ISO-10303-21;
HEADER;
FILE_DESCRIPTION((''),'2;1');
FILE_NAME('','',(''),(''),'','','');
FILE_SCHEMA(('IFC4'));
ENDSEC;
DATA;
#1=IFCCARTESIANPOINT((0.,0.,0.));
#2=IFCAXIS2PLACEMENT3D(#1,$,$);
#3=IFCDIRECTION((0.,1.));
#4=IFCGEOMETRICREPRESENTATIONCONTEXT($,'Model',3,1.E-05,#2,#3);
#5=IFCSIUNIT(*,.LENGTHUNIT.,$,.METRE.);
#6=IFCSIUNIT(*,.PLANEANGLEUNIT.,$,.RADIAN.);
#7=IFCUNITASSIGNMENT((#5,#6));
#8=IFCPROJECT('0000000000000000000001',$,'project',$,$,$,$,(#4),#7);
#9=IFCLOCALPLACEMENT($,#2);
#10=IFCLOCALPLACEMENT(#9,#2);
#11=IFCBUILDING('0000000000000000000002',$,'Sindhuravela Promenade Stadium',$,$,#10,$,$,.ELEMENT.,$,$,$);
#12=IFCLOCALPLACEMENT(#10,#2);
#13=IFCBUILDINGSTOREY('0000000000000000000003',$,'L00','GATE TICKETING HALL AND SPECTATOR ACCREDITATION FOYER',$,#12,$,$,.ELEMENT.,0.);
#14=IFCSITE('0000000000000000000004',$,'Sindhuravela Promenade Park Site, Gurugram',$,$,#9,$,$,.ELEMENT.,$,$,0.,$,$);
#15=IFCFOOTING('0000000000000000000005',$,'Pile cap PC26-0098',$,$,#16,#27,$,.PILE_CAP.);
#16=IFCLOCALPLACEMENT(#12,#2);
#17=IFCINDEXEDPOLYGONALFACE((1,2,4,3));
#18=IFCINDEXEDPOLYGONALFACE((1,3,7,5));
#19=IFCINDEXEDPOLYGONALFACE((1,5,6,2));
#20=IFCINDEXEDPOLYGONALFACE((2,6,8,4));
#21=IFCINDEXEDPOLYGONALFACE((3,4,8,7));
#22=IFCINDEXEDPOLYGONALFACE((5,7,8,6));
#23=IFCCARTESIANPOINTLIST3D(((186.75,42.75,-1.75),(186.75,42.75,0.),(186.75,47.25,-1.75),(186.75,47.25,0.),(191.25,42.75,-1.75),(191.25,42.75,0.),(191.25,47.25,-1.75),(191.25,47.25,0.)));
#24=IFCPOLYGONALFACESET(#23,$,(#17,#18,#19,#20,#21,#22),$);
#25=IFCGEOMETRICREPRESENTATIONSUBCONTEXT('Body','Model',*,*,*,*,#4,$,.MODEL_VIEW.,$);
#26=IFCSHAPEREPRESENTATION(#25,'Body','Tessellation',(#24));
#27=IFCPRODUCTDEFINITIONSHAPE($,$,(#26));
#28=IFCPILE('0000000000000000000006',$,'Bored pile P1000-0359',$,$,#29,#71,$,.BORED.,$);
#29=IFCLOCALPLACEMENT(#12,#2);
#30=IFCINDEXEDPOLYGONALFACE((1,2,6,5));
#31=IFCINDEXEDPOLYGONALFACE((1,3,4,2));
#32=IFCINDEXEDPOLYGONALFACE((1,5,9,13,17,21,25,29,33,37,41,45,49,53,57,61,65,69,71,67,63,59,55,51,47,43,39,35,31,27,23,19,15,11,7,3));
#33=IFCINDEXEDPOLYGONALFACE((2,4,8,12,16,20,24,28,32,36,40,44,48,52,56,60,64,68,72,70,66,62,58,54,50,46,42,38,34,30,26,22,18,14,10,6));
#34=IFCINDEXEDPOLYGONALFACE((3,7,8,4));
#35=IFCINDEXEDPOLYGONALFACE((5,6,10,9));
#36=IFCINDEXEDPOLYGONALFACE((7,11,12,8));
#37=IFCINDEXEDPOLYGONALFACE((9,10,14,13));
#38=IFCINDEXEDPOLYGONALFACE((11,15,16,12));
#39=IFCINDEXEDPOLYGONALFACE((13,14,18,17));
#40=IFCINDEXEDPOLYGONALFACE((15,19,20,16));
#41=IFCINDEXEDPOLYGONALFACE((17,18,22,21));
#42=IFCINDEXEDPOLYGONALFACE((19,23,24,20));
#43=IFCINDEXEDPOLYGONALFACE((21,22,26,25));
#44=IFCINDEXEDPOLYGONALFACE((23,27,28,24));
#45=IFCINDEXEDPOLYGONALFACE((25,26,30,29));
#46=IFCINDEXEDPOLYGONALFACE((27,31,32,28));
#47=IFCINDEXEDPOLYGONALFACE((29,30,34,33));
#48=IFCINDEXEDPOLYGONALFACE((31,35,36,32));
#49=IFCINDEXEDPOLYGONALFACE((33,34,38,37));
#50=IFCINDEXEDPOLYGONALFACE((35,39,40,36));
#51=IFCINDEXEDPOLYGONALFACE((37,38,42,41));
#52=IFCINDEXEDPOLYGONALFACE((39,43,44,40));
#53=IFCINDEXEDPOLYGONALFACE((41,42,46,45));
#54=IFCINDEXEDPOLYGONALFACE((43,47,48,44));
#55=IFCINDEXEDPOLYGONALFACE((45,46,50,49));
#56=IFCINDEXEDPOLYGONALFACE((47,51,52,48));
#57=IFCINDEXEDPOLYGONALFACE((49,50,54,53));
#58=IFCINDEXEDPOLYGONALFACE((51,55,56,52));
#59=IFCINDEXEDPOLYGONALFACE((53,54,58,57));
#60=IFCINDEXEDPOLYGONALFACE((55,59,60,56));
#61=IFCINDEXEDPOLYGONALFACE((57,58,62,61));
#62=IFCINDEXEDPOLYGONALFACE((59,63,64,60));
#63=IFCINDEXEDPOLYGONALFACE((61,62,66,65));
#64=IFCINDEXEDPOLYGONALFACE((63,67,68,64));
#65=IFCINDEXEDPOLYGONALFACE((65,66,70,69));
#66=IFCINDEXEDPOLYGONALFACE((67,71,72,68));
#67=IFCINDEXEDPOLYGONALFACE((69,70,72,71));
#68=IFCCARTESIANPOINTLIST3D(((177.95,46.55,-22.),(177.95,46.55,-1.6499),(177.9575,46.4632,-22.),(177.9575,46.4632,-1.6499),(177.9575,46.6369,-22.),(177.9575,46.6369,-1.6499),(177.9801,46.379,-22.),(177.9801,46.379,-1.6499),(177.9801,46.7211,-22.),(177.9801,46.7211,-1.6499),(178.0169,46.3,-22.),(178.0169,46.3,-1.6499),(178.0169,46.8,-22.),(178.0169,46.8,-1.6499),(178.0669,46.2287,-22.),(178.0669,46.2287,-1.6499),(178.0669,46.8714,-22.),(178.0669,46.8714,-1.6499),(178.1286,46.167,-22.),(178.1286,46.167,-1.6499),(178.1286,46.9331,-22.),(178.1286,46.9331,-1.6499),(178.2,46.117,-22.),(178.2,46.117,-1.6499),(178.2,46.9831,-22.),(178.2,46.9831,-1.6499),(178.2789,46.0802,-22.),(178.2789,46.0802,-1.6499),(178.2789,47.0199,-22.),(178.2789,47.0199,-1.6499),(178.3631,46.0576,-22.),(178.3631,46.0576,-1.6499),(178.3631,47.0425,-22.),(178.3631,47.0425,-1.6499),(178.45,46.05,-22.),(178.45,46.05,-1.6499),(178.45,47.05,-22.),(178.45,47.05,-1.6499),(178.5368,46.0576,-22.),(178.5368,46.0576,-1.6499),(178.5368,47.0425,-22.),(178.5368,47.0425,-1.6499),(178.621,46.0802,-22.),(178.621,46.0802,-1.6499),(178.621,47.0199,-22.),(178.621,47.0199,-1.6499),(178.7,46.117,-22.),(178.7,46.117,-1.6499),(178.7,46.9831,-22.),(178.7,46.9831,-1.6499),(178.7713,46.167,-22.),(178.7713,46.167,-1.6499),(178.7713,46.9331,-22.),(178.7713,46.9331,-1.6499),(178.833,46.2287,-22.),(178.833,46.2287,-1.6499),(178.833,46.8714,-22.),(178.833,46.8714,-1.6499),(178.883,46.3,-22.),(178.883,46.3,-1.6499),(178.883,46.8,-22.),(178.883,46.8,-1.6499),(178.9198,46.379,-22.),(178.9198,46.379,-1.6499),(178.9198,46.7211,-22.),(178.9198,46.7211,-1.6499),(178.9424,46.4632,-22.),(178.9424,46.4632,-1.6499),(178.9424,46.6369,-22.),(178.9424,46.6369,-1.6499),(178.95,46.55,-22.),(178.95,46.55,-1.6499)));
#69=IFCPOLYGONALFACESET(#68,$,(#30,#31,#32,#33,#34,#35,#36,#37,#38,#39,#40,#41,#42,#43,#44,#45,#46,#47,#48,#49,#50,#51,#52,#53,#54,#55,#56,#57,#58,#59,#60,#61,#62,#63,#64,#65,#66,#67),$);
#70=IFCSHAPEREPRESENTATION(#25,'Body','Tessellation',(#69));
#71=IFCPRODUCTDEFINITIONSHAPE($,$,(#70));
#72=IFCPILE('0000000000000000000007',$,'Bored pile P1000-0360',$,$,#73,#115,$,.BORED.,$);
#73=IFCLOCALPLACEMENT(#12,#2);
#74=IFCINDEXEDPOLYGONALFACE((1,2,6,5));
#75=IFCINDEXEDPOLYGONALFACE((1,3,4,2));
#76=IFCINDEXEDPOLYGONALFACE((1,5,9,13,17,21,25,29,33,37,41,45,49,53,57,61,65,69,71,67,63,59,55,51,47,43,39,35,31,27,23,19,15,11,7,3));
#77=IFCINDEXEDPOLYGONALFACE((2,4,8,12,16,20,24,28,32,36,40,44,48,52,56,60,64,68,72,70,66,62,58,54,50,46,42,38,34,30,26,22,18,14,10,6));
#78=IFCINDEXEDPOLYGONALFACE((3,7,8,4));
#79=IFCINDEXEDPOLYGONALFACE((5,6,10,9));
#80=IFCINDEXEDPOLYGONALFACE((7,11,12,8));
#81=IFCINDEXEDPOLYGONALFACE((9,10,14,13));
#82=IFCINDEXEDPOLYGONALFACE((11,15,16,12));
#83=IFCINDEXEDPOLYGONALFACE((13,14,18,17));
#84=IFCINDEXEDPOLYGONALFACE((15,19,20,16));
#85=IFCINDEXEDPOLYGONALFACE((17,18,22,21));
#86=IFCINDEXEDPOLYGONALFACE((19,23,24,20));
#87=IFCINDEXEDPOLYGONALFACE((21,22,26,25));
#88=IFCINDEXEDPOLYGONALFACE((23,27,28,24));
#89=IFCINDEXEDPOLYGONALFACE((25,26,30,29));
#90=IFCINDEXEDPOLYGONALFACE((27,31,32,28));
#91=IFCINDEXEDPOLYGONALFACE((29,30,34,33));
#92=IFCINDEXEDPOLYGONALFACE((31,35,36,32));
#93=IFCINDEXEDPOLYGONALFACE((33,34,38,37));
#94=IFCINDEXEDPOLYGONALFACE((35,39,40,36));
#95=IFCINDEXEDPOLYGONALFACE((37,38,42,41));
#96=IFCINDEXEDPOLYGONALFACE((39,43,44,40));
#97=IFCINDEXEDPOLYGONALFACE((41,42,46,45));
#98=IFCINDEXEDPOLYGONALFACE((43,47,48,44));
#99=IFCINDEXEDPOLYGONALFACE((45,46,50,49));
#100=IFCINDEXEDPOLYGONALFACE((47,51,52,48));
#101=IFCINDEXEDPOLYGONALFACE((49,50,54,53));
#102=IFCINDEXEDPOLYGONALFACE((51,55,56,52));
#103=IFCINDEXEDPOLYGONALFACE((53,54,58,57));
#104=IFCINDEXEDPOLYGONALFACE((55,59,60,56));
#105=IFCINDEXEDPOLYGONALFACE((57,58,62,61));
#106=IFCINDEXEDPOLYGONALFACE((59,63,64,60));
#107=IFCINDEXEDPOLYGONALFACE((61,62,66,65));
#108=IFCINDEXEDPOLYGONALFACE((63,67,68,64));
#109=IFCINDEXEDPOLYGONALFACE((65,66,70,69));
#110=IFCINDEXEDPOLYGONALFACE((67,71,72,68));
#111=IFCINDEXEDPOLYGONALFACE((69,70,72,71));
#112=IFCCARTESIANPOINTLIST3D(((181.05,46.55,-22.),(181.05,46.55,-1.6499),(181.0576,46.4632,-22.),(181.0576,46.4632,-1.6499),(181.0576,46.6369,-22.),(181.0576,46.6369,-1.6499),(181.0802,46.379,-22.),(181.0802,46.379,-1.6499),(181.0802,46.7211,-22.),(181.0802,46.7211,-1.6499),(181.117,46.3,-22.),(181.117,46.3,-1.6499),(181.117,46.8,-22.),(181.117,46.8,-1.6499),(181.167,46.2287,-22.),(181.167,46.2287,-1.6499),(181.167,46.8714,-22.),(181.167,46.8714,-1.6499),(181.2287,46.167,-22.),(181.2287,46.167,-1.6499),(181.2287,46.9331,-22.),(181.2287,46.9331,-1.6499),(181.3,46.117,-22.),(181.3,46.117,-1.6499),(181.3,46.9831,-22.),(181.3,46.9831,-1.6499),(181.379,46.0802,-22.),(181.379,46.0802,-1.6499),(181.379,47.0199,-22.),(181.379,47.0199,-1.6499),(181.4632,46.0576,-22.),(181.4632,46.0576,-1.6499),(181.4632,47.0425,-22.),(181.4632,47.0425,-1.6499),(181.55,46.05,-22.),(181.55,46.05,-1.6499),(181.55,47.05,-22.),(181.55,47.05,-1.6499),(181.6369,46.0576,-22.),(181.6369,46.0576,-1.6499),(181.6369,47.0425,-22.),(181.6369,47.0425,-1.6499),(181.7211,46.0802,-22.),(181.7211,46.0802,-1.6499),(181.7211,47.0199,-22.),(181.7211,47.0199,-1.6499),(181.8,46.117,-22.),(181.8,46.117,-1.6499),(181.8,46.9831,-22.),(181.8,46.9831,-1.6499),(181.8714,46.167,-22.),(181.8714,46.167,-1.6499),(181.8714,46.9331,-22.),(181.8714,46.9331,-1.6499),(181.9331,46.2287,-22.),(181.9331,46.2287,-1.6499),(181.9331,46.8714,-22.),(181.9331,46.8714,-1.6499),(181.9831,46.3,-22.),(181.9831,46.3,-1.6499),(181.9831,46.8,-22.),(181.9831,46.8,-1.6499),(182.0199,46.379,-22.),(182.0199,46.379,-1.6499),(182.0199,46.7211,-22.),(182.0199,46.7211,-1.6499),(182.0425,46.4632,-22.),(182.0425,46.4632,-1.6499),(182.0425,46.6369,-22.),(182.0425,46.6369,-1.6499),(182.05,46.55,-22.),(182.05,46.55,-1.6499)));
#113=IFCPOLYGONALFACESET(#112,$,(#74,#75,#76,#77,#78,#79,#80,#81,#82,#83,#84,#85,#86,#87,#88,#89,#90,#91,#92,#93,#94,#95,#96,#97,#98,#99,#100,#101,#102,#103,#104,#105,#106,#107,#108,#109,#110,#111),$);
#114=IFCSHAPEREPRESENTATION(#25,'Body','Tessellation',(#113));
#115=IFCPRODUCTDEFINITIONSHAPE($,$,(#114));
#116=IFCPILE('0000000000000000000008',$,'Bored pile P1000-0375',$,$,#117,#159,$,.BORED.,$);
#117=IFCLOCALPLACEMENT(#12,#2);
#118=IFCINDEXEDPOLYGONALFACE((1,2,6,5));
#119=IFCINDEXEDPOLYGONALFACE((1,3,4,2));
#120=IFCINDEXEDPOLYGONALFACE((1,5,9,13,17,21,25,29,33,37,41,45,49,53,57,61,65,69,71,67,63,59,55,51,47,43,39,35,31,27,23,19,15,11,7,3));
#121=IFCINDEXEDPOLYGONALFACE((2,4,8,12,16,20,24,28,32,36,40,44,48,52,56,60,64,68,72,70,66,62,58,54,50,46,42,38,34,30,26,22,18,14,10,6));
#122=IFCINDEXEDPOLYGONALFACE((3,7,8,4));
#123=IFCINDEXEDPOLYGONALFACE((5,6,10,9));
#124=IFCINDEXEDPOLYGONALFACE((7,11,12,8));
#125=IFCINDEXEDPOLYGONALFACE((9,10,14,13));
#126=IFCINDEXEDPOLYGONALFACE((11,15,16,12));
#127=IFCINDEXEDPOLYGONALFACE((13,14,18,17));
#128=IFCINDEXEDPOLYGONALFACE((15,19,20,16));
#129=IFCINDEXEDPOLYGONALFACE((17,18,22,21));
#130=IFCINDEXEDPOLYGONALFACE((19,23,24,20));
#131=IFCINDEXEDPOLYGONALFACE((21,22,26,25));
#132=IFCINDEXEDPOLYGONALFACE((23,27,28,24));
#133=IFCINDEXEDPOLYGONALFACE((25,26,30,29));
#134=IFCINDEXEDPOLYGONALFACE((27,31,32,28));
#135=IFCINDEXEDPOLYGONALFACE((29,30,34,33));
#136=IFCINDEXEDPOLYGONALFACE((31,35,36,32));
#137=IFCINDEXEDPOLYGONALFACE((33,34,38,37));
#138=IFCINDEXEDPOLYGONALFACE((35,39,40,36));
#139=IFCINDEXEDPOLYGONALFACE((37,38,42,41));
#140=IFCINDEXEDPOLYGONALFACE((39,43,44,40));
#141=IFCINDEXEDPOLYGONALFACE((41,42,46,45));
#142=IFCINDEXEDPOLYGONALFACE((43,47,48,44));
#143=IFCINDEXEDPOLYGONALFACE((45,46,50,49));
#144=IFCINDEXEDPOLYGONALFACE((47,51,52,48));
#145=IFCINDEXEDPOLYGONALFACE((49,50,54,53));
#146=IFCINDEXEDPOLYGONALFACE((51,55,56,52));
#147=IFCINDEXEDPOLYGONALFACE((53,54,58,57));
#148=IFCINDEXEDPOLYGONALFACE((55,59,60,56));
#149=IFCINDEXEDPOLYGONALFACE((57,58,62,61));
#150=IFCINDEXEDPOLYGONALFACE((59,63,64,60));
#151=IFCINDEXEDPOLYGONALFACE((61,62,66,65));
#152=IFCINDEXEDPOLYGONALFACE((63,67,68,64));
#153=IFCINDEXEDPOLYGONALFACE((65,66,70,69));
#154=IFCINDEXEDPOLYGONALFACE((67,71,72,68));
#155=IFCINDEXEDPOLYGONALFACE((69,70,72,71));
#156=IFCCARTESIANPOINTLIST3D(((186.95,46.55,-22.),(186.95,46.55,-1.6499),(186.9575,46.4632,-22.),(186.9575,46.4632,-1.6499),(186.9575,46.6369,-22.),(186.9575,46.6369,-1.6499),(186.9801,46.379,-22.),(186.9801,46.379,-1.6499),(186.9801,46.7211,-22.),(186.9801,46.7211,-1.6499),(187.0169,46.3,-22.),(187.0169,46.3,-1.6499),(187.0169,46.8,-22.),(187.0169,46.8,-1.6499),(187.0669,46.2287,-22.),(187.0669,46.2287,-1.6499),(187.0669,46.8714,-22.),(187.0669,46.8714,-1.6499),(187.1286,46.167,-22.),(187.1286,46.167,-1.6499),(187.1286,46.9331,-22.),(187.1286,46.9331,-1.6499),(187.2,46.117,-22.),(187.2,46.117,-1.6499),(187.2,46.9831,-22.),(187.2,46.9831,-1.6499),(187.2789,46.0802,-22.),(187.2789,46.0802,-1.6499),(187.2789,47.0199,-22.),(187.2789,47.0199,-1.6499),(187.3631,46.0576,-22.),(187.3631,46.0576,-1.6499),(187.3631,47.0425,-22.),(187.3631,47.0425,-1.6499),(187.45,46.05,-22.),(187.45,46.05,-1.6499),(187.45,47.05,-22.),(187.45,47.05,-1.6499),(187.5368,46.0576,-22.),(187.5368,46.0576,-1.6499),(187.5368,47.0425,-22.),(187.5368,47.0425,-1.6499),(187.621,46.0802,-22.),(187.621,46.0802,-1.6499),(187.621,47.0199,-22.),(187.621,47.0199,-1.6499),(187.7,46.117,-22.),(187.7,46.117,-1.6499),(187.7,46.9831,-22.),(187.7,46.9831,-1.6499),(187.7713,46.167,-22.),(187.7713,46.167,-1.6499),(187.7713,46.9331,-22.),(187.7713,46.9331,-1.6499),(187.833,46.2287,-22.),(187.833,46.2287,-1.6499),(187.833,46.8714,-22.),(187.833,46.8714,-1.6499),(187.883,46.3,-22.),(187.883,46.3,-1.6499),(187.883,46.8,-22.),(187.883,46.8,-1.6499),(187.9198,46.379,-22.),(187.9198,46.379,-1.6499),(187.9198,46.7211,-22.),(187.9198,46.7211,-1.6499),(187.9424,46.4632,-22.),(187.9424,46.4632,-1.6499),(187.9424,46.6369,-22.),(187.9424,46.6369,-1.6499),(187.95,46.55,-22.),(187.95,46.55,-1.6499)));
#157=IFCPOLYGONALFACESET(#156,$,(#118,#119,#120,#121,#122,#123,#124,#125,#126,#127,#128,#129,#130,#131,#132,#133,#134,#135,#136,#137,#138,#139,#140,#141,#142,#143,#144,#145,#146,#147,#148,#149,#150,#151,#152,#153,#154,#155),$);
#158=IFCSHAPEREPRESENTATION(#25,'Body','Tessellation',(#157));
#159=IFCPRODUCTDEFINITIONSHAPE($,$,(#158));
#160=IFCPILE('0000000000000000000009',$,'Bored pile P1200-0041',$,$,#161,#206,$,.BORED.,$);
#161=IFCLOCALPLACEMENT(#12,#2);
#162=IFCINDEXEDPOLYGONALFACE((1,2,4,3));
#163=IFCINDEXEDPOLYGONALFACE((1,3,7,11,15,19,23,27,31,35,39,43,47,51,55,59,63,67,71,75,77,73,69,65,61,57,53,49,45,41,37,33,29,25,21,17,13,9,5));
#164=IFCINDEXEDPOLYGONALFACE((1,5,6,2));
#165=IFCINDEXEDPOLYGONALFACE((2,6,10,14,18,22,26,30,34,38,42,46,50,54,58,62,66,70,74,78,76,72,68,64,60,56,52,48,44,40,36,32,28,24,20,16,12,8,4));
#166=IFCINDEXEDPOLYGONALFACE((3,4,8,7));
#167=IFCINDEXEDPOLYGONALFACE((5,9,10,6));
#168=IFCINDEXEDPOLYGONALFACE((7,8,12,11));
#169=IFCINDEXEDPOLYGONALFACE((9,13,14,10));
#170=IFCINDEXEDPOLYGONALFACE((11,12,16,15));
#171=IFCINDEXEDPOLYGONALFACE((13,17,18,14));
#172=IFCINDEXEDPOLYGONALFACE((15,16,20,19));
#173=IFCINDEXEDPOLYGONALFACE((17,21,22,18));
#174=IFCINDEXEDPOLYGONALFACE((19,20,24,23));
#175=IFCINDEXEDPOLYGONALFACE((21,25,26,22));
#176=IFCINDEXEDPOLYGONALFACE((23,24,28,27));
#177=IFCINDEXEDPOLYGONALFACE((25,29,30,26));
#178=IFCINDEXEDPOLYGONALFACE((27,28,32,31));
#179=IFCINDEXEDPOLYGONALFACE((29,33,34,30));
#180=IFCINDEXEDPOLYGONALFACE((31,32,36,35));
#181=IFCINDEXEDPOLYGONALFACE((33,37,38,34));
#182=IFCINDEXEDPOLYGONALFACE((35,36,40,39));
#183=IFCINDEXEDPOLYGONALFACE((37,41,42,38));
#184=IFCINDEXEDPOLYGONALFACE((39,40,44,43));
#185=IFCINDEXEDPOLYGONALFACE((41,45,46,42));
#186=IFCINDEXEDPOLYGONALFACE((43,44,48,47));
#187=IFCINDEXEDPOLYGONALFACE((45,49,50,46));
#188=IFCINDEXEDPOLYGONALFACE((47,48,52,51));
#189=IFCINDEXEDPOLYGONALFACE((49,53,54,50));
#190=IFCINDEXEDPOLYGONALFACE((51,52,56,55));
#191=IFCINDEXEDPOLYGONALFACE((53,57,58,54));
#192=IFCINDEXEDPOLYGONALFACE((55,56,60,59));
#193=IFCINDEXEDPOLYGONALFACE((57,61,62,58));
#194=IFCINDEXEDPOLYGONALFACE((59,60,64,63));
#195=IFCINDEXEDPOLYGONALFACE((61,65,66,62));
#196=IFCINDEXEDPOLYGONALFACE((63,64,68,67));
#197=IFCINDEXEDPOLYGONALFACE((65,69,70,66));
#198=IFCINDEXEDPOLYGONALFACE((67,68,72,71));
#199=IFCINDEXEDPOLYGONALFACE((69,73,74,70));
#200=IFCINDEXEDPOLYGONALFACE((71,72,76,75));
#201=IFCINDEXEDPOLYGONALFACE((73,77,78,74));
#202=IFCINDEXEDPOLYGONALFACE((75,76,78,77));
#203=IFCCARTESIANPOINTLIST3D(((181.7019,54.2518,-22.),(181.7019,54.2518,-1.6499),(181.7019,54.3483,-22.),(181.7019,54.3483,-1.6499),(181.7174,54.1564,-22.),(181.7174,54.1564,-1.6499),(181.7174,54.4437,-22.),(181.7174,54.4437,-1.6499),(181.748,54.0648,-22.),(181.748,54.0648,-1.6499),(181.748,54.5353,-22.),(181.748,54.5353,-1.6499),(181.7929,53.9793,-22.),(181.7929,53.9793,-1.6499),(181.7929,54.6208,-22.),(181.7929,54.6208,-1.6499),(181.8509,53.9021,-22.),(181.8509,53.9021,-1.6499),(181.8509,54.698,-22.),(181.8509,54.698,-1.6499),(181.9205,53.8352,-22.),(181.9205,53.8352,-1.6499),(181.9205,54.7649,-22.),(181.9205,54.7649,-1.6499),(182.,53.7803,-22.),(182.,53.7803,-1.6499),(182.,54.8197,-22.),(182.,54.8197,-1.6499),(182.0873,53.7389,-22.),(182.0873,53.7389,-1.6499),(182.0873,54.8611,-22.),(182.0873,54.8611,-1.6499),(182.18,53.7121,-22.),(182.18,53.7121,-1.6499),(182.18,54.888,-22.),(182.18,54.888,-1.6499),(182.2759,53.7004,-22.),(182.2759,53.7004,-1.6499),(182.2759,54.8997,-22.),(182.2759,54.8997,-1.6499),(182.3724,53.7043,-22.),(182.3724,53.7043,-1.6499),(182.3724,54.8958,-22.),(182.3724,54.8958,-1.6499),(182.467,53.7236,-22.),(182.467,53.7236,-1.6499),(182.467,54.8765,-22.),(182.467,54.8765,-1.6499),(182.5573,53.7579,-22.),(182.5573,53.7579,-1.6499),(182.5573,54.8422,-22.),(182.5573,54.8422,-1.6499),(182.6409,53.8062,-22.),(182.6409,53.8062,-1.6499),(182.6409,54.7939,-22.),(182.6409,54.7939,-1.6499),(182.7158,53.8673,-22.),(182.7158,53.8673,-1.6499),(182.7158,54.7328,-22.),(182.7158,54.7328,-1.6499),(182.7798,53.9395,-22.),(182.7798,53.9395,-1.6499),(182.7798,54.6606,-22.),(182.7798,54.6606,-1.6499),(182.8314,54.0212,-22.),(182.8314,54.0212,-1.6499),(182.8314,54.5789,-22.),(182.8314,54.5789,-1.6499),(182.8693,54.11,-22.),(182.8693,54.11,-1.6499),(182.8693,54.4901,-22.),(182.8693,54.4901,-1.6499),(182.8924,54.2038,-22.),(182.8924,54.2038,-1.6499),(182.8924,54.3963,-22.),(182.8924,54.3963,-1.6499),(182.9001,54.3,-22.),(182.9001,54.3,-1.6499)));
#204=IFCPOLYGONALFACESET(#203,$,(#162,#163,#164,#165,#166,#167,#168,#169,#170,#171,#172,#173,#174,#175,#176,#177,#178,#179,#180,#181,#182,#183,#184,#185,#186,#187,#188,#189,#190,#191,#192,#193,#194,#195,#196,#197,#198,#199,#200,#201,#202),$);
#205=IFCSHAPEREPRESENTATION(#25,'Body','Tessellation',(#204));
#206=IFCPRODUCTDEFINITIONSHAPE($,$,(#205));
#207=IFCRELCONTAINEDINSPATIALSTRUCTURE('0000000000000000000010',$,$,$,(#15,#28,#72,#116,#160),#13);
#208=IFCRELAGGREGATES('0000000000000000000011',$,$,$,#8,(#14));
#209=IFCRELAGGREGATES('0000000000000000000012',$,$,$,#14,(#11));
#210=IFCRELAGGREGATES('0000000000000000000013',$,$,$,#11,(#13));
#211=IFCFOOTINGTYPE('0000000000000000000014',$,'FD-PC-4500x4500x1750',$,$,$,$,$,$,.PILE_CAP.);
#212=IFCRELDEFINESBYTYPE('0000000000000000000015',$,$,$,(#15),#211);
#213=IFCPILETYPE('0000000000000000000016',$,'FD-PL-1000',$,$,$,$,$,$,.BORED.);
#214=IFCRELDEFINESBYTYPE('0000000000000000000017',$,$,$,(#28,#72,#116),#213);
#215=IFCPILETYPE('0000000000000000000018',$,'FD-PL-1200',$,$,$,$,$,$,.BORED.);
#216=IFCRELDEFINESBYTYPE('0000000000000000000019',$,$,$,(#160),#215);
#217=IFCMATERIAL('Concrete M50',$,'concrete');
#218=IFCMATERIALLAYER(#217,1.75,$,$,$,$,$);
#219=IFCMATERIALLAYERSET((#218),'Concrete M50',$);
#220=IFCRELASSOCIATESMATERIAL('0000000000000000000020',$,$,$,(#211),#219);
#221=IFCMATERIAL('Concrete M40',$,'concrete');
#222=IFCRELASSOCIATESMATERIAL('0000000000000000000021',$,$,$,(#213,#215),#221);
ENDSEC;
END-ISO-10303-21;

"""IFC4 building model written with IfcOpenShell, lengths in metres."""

from ifc_helpers import new_model, si_unit, direction, frame, origin, origin_2d, place, context, subcontext, project, spatial, rectangle, circle, extrude, material, layer, layer_set, material_profile, profile_set, type_object, element, save


model = new_model("IFC4")

# Units and contexts
model_context = context("Model", 3, precision=1e-05, world=origin(), true_north=direction((0.0, 1.0)))
body_context = subcontext(model_context, "Body", "Model", "MODEL_VIEW")
ifc_project = project(units=[si_unit("LENGTHUNIT", "METRE"), si_unit("PLANEANGLEUNIT", "RADIAN")], contexts=[model_context])

# Site, building, storey
site_placement = place(None, origin())
site = spatial("IfcSite", under=ifc_project, at=site_placement, Name="Sindhuravela Promenade Park Site, Gurugram", CompositionType="ELEMENT", RefElevation=0.0)
building_placement = place(site_placement, origin())
building = spatial("IfcBuilding", under=site, at=building_placement, Name="Sindhuravela Promenade Stadium", CompositionType="ELEMENT")
storey_placement = place(building_placement, origin())
storey = spatial("IfcBuildingStorey", under=building, at=storey_placement, Name="L00", Description="GATE TICKETING HALL AND SPECTATOR ACCREDITATION FOYER", CompositionType="ELEMENT", Elevation=0.0)

# Footing
ifc_material_1 = material(Name="Concrete M50", Category="concrete")
ifc_layer_1 = layer(ifc_material_1, 1.75)
ifc_layer_set_1 = layer_set([ifc_layer_1], Name="Concrete M50")
footing_type = type_object("IfcFootingType", Name="FD-PC-4500x4500x1750", PredefinedType="PILE_CAP", material=ifc_layer_set_1)
footing_placement = place(storey_placement, frame((189.0, 45.0, -1.75), z_axis=(0.0, 0.0, 1.0), x_axis=(1.0, 0.0, 0.0)))
element("IfcFooting", 1, at=footing_placement, inside=storey, type_object=footing_type, Name="Pile cap PC26-0098", PredefinedType="PILE_CAP", context=body_context, shape_type="SweptSolid", body=[
    extrude(rectangle(XDim=4.5, YDim=4.5, at=origin_2d()), origin(), (0.0, 0.0, 1.0), 1.75),
])

# Piles
ifc_material_2 = material(Name="Concrete M40", Category="concrete")
ifc_material_profile_1 = material_profile(ifc_material_2, circle(Radius=0.5, at=origin_2d()), Name="BORED PILE D1000")
ifc_profile_set_1 = profile_set([ifc_material_profile_1], Name="Concrete M40")
pile_type_1 = type_object("IfcPileType", Name="FD-PL-1000", PredefinedType="BORED", material=ifc_profile_set_1)
for number, where, z_axis, x_axis, name in (
    (2, (178.45, 46.55, -1.6499), (0.0, 0.0, -1.0), (1.0, 0.0, 0.0), "Bored pile P1000-0359"),
    (3, (181.55, 46.55, -1.6499), (0.0, 0.0, -1.0), (1.0, 0.0, 0.0), "Bored pile P1000-0360"),
    (4, (187.45, 46.55, -1.6499), (0.0, 0.0, -1.0), (1.0, 0.0, 0.0), "Bored pile P1000-0375"),
):
    element("IfcPile", number, at=place(storey_placement, frame(where, z_axis=z_axis, x_axis=x_axis)), inside=storey, type_object=pile_type_1, Name=name, PredefinedType="BORED", context=body_context, shape_type="SweptSolid", body=[
        extrude(circle(Radius=0.5, at=origin_2d()), origin(), (0.0, 0.0, 1.0), 20.3501),
    ])
ifc_material_profile_2 = material_profile(ifc_material_2, circle(Radius=0.6001, at=origin_2d()), Name="BORED PILE D1200")
ifc_profile_set_2 = profile_set([ifc_material_profile_2], Name="Concrete M40")
pile_type_2 = type_object("IfcPileType", Name="FD-PL-1200", PredefinedType="BORED", material=ifc_profile_set_2)
for number, where, z_axis, x_axis, name in (
    (5, (182.3, 54.3, -1.6499), (0.0, 0.0, -1.0), (1.0, 0.0, 0.0), "Bored pile P1200-0041"),
):
    element("IfcPile", number, at=place(storey_placement, frame(where, z_axis=z_axis, x_axis=x_axis)), inside=storey, type_object=pile_type_2, Name=name, PredefinedType="BORED", context=body_context, shape_type="SweptSolid", body=[
        extrude(circle(Radius=0.6001, at=origin_2d()), origin(), (0.0, 0.0, 1.0), 20.3501),
    ])

save(model, "model.ifc")
